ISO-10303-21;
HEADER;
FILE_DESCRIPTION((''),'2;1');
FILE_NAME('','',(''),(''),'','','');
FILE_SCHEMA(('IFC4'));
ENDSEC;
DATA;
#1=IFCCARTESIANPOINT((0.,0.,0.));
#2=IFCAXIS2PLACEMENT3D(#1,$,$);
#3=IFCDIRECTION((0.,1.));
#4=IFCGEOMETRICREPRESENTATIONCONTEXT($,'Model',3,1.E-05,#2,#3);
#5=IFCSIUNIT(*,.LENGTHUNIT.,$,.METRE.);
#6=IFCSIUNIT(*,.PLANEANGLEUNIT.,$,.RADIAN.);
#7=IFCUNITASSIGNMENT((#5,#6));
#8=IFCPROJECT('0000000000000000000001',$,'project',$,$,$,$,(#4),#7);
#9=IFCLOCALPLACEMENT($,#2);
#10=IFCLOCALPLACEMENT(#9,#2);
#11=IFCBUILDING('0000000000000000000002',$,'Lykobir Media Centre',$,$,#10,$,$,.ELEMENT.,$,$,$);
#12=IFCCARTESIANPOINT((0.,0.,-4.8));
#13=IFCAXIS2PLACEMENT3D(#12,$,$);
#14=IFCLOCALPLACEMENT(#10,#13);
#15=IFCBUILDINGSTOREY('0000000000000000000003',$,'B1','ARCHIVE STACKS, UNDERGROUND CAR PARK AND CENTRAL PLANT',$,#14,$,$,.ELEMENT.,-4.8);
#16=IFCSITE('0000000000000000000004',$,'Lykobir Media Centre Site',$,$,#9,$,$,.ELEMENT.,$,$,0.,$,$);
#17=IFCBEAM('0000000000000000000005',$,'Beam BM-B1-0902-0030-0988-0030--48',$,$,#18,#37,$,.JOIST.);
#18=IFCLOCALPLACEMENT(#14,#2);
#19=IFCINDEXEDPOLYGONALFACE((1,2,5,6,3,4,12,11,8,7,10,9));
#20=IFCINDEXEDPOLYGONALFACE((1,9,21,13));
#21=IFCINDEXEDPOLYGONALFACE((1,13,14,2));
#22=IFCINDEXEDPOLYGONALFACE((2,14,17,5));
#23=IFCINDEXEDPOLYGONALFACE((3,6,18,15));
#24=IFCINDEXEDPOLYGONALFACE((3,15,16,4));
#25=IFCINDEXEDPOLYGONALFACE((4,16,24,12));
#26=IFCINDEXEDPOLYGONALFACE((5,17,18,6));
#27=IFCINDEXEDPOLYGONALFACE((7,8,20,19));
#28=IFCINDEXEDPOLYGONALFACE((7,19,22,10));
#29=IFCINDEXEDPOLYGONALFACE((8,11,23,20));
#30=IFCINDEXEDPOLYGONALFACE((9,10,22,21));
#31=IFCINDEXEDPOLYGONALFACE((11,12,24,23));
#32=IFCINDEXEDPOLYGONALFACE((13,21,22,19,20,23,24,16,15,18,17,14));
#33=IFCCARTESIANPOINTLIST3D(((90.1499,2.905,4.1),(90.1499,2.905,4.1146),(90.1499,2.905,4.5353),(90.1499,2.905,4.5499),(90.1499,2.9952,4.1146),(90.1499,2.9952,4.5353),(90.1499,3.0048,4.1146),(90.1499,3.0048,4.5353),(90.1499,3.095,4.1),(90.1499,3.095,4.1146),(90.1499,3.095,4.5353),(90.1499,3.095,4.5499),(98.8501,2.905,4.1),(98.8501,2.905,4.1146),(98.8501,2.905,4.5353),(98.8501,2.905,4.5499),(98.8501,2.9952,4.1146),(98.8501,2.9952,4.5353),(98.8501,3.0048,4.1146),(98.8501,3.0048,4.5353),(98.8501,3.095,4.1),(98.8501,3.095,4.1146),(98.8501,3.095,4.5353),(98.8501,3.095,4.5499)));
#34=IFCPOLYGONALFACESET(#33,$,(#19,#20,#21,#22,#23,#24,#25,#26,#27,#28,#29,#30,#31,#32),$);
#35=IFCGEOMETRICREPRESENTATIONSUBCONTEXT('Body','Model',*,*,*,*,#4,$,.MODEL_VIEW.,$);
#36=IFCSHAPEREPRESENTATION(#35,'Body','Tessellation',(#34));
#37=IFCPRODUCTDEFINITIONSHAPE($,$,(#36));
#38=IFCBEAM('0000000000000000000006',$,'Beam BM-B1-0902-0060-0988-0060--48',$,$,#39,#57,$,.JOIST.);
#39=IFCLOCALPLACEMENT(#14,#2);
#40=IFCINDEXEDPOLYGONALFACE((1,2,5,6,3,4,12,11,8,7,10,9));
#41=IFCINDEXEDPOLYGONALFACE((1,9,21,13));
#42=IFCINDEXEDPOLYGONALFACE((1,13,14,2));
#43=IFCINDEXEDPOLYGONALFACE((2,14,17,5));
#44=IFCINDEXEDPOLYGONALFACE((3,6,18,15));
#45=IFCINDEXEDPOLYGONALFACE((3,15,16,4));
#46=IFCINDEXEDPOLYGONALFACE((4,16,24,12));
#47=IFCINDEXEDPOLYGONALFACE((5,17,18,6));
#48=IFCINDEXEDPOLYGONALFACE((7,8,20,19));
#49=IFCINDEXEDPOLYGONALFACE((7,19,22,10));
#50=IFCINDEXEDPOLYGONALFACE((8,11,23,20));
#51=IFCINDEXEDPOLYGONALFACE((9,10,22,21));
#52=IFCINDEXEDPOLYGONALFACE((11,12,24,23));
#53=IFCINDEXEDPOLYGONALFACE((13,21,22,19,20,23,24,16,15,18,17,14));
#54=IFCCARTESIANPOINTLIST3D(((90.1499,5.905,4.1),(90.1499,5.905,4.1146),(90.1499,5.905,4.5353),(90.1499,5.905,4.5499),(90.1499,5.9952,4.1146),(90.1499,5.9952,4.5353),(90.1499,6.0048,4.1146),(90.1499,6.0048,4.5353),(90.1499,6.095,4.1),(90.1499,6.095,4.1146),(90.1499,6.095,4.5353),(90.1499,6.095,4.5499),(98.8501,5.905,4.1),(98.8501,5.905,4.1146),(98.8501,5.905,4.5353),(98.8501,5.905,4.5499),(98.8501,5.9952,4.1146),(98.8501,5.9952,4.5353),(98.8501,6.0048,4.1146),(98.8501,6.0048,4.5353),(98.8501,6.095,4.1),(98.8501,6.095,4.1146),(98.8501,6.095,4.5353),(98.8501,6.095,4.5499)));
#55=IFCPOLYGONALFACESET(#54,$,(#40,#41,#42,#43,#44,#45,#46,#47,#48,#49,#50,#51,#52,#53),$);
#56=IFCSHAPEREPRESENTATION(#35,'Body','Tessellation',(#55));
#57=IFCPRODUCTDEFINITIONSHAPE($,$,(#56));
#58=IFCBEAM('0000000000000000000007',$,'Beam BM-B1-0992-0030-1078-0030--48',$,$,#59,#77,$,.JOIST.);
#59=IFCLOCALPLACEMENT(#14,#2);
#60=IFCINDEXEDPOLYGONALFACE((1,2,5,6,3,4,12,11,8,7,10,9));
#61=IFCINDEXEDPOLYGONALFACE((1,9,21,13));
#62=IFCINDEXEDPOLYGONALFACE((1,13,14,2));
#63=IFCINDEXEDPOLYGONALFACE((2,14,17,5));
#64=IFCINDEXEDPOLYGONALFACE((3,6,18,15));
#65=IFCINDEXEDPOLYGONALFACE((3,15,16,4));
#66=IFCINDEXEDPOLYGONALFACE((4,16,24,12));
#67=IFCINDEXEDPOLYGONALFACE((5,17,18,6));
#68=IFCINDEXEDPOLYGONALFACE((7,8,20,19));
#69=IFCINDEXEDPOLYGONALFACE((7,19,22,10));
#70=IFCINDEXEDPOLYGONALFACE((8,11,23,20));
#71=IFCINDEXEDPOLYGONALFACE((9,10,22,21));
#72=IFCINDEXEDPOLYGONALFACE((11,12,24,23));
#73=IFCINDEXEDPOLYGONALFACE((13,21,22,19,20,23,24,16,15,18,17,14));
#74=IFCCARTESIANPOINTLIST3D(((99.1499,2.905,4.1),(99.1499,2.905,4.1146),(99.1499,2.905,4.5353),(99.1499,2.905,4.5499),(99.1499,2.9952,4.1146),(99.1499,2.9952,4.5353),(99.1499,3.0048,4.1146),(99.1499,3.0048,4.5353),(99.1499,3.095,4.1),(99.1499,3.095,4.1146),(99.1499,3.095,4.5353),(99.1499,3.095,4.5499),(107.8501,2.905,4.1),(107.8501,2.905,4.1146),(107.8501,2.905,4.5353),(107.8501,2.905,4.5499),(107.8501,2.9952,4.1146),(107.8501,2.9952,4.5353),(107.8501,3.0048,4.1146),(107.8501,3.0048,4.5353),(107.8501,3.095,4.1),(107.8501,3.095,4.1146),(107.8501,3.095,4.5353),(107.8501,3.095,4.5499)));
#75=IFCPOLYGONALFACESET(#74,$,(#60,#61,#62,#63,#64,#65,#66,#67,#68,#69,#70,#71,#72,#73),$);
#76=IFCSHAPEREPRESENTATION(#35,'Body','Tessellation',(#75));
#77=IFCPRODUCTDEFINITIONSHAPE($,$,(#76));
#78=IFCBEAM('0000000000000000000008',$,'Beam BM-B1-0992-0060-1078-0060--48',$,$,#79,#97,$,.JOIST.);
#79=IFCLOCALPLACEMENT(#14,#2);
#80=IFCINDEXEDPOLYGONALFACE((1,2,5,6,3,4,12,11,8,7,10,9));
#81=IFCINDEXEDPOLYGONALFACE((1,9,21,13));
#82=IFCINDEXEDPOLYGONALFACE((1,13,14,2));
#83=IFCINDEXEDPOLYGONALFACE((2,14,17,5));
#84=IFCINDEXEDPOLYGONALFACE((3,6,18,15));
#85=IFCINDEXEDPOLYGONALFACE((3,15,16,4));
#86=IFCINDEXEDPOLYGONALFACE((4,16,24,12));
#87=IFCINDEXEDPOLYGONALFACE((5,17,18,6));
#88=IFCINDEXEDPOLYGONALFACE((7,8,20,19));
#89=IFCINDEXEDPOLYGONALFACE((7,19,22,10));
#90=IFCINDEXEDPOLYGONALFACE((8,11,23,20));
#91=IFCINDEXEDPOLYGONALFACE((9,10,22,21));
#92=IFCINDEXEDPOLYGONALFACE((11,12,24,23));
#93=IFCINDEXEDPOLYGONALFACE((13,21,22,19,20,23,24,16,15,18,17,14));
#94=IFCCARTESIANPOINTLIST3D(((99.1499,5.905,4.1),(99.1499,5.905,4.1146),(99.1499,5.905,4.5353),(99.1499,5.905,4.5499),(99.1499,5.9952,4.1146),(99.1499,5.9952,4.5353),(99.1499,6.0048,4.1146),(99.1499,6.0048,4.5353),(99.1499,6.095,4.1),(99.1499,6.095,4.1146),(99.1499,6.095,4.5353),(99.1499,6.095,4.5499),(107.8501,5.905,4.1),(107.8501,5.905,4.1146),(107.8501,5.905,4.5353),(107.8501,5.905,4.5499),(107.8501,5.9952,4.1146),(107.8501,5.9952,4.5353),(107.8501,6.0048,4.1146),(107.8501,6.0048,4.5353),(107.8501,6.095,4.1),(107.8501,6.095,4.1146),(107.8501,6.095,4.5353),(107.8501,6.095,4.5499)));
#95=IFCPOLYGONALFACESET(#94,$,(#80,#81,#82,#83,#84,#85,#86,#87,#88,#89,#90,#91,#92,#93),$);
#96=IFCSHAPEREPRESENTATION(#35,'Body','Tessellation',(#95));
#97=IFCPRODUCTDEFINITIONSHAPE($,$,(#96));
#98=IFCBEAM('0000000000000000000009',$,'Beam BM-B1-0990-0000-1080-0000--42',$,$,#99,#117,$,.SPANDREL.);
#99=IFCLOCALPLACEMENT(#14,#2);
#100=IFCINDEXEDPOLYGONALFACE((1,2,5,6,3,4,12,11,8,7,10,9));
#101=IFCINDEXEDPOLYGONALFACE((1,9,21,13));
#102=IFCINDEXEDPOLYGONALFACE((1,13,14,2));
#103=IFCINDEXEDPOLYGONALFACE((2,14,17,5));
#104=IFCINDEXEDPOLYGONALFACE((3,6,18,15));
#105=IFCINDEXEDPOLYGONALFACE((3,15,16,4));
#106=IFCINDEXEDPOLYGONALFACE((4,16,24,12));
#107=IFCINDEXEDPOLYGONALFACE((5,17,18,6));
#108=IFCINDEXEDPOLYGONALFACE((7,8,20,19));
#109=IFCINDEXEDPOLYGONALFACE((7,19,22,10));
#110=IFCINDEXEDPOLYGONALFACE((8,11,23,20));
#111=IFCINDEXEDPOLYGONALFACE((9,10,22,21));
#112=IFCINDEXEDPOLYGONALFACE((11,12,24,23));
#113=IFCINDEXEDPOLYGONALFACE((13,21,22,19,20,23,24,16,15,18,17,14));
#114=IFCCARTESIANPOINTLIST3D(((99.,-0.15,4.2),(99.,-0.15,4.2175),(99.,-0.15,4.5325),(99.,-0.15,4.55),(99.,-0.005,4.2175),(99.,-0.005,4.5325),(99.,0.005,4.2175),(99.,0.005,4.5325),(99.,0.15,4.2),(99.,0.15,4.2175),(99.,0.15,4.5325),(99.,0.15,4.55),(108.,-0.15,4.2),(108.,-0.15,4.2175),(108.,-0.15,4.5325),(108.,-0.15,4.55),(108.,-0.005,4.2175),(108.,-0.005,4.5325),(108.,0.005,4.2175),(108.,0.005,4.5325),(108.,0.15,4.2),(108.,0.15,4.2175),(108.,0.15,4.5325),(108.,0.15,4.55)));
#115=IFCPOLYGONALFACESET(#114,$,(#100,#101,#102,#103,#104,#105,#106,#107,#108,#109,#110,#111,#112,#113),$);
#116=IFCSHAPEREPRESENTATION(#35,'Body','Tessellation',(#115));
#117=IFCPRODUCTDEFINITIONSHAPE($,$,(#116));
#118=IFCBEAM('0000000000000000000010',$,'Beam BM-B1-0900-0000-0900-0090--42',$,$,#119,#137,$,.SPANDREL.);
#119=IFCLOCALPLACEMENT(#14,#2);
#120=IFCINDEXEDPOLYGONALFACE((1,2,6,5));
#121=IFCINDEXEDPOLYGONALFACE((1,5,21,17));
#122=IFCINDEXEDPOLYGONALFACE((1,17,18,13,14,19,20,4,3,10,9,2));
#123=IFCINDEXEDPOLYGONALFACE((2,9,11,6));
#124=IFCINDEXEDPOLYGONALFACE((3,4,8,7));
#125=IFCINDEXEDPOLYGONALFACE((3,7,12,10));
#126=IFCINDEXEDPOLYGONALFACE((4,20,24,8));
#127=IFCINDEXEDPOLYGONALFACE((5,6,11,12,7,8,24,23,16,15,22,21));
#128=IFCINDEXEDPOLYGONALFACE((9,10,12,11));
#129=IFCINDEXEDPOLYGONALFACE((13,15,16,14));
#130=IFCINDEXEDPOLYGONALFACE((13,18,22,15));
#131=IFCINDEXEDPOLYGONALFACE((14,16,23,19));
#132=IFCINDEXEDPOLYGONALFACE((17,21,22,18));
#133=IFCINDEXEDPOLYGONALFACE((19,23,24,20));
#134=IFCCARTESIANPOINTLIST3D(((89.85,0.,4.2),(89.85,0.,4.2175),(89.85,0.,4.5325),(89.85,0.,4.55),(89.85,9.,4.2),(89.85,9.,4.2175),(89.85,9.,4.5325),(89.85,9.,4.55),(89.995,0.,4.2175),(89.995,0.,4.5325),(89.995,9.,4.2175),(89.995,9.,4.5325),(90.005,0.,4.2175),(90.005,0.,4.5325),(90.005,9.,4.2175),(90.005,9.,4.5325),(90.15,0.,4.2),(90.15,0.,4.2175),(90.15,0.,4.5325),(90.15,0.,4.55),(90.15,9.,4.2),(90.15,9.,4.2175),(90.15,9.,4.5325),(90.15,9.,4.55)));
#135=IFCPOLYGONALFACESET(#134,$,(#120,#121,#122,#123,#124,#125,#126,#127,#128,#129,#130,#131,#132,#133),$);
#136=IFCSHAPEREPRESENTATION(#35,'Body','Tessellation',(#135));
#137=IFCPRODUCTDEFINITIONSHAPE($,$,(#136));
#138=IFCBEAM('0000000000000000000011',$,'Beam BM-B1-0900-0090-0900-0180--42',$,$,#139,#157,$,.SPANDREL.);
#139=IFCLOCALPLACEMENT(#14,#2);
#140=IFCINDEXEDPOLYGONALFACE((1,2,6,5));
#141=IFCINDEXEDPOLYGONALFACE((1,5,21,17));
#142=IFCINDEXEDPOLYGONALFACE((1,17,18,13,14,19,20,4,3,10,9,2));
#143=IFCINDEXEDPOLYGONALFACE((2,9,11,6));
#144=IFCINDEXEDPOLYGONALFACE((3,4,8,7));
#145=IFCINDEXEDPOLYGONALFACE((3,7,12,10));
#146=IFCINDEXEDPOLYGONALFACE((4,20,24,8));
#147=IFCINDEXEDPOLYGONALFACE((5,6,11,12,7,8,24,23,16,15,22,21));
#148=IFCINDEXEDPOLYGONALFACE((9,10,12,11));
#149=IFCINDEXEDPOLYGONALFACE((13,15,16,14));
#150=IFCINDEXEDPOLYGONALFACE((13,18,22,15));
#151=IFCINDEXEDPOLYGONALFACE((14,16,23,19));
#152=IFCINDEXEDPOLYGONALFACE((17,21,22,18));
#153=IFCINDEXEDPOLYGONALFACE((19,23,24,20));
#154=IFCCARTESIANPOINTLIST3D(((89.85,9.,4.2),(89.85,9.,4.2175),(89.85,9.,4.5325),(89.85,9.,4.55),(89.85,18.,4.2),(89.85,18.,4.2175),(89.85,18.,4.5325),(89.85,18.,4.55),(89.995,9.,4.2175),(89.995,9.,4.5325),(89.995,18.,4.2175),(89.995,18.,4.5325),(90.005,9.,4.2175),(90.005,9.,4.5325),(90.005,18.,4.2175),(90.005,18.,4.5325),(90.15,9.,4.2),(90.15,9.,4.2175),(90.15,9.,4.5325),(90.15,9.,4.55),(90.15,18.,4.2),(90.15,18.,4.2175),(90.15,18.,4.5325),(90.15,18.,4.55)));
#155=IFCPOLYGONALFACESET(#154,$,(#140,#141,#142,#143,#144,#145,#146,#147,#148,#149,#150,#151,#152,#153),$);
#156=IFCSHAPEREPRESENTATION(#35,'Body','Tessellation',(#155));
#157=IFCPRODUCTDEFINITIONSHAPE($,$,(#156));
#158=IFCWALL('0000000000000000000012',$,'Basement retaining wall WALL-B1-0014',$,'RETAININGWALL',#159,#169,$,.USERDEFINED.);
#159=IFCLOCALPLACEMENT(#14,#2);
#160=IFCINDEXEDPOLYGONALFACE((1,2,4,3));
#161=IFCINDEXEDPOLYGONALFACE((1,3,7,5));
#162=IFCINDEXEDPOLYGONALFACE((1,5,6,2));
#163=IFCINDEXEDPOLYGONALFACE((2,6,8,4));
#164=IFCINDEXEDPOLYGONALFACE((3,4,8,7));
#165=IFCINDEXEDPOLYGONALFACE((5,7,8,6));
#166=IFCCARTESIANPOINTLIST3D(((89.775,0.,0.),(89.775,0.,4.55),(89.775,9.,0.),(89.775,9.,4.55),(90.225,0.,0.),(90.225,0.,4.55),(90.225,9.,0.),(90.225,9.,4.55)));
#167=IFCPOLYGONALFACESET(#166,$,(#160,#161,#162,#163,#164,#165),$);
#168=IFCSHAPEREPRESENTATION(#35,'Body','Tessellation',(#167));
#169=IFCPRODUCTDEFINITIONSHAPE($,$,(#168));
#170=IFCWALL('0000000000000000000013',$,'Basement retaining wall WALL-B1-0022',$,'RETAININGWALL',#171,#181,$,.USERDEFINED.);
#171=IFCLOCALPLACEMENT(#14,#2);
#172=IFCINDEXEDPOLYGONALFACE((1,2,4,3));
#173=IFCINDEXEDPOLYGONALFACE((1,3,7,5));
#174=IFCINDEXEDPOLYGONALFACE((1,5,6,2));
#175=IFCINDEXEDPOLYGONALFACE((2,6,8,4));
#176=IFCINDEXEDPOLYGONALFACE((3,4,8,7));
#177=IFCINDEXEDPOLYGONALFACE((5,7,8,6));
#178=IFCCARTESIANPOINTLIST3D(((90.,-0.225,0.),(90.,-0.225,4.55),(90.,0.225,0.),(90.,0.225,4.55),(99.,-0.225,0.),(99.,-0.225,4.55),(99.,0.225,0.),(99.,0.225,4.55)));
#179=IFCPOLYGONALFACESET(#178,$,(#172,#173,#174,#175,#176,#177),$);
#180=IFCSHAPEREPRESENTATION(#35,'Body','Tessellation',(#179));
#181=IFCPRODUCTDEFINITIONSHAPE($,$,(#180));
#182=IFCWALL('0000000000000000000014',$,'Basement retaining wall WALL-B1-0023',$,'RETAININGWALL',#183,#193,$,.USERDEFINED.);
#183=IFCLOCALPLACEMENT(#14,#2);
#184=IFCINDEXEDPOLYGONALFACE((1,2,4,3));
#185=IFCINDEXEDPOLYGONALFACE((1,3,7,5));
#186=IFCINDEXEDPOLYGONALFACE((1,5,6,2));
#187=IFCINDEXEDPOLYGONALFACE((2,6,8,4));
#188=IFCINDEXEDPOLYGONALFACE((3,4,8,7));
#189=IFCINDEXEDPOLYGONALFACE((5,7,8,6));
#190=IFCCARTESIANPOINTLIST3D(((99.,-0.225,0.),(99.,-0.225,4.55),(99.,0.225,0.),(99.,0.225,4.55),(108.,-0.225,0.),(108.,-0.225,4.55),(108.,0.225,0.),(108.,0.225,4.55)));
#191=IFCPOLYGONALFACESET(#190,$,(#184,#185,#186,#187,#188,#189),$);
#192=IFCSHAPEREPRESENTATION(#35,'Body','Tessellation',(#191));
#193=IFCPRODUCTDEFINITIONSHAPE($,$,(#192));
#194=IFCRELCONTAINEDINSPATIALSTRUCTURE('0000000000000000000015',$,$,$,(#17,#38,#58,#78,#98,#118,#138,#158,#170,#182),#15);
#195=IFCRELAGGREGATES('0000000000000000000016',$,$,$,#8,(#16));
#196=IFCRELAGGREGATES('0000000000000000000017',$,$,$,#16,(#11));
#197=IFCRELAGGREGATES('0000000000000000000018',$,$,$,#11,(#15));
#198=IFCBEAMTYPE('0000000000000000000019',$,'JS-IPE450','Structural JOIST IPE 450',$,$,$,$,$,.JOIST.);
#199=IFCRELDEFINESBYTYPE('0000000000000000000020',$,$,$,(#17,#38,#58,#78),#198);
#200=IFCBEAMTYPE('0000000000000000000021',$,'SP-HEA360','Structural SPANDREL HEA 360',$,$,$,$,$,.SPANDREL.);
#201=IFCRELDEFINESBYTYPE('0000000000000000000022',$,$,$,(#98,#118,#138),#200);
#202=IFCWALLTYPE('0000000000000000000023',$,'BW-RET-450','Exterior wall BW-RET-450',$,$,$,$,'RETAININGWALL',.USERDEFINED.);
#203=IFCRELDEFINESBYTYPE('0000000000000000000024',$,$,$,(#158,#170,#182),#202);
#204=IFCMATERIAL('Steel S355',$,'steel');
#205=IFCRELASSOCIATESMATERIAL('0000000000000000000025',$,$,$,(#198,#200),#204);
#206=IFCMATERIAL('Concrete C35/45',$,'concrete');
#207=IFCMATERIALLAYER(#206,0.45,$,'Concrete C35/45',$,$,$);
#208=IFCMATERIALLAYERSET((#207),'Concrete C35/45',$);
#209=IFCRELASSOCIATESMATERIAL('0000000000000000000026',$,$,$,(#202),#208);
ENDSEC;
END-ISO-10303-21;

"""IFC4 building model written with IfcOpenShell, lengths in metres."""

from ifc_helpers import new_model, si_unit, direction, frame, frame_2d, origin, origin_2d, place, context, subcontext, project, spatial, rectangle, i_section, extrude, material, layer, layer_set, material_profile, profile_set, type_object, element, save


model = new_model("IFC4")

# Units and contexts
model_context = context("Model", 3, precision=1e-05, world=origin(), true_north=direction((0.0, 1.0)))
body_context = subcontext(model_context, "Body", "Model", "MODEL_VIEW")
ifc_project = project(units=[si_unit("LENGTHUNIT", "METRE"), si_unit("PLANEANGLEUNIT", "RADIAN")], contexts=[model_context])

# Site, building, storey
site_placement = place(None, origin())
site = spatial("IfcSite", under=ifc_project, at=site_placement, Name="Lykobir Media Centre Site", CompositionType="ELEMENT", RefElevation=0.0)
building_placement = place(site_placement, origin())
building = spatial("IfcBuilding", under=site, at=building_placement, Name="Lykobir Media Centre", CompositionType="ELEMENT")
storey_placement = place(building_placement, frame((0.0, 0.0, -4.8)))
storey = spatial("IfcBuildingStorey", under=building, at=storey_placement, Name="B1", Description="ARCHIVE STACKS, UNDERGROUND CAR PARK AND CENTRAL PLANT", CompositionType="ELEMENT", Elevation=-4.8)

# Shared definitions
ifc_material_1 = material(Name="Concrete C35/45", Category="concrete")

# Beams
ifc_material_2 = material(Name="Steel S355", Category="steel")
ifc_material_profile_1 = material_profile(ifc_material_2, i_section(OverallWidth=0.1899, OverallDepth=0.45, WebThickness=0.0095, FlangeThickness=0.0146, at=origin_2d()), Name="IPE 450")
ifc_profile_set_1 = profile_set([ifc_material_profile_1], Name="Steel S355")
beam_type_1 = type_object("IfcBeamType", Name="JS-IPE450", Description="Structural JOIST IPE 450", PredefinedType="JOIST", material=ifc_profile_set_1)
for number, where, z_axis, x_axis, name in (
    (1, (90.1499, 3.0, 4.325), (1.0, 0.0, 0.0), (0.0, 1.0, 0.0), "Beam BM-B1-0902-0030-0988-0030--48"),
    (2, (90.1499, 6.0, 4.325), (1.0, 0.0, 0.0), (0.0, 1.0, 0.0), "Beam BM-B1-0902-0060-0988-0060--48"),
    (3, (99.1499, 3.0, 4.325), (1.0, 0.0, 0.0), (0.0, 1.0, 0.0), "Beam BM-B1-0992-0030-1078-0030--48"),
    (4, (99.1499, 6.0, 4.325), (1.0, 0.0, 0.0), (0.0, 1.0, 0.0), "Beam BM-B1-0992-0060-1078-0060--48"),
):
    element("IfcBeam", number, at=place(storey_placement, frame(where, z_axis=z_axis, x_axis=x_axis)), inside=storey, type_object=beam_type_1, Name=name, PredefinedType="JOIST", context=body_context, shape_type="SweptSolid", body=[
        extrude(i_section(OverallWidth=0.1899, OverallDepth=0.45, WebThickness=0.0095, FlangeThickness=0.0146, at=origin_2d()), origin(), (0.0, 0.0, 1.0), 8.7002),
    ])
ifc_material_profile_2 = material_profile(ifc_material_2, i_section(OverallWidth=0.3, OverallDepth=0.3501, WebThickness=0.01, FlangeThickness=0.0176, at=origin_2d()), Name="HEA 360")
ifc_profile_set_2 = profile_set([ifc_material_profile_2], Name="Steel S355")
beam_type_2 = type_object("IfcBeamType", Name="SP-HEA360", Description="Structural SPANDREL HEA 360", PredefinedType="SPANDREL", material=ifc_profile_set_2)
for number, where, z_axis, x_axis, name in (
    (5, (99.0, 0.0, 4.375), (1.0, 0.0, 0.0), (0.0, 1.0, 0.0), "Beam BM-B1-0990-0000-1080-0000--42"),
    (6, (90.0, 0.0, 4.375), (0.0, 1.0, 0.0), (-1.0, 0.0, 0.0), "Beam BM-B1-0900-0000-0900-0090--42"),
    (7, (90.0, 9.0, 4.375), (0.0, 1.0, 0.0), (-1.0, 0.0, 0.0), "Beam BM-B1-0900-0090-0900-0180--42"),
):
    element("IfcBeam", number, at=place(storey_placement, frame(where, z_axis=z_axis, x_axis=x_axis)), inside=storey, type_object=beam_type_2, Name=name, PredefinedType="SPANDREL", context=body_context, shape_type="SweptSolid", body=[
        extrude(i_section(OverallWidth=0.3, OverallDepth=0.3501, WebThickness=0.01, FlangeThickness=0.0176, at=origin_2d()), origin(), (0.0, 0.0, 1.0), 9.0),
    ])

# Walls
ifc_layer = layer(ifc_material_1, 0.45, Name="Concrete C35/45")
ifc_layer_set = layer_set([ifc_layer], Name="Concrete C35/45")
wall_type = type_object("IfcWallType", Name="BW-RET-450", Description="Exterior wall BW-RET-450", ElementType="RETAININGWALL", PredefinedType="USERDEFINED", material=ifc_layer_set)
for number, where, z_axis, x_axis, name in (
    (8, (90.0, 9.0, 0.0), (0.0, 0.0, 1.0), (0.0, -1.0, 0.0), "Basement retaining wall WALL-B1-0014"),
    (9, (90.0, 0.0, 0.0), (0.0, 0.0, 1.0), (1.0, 0.0, 0.0), "Basement retaining wall WALL-B1-0022"),
    (10, (99.0, 0.0, 0.0), (0.0, 0.0, 1.0), (1.0, 0.0, 0.0), "Basement retaining wall WALL-B1-0023"),
):
    element("IfcWall", number, at=place(storey_placement, frame(where, z_axis=z_axis, x_axis=x_axis)), inside=storey, type_object=wall_type, Name=name, ObjectType="RETAININGWALL", PredefinedType="USERDEFINED", context=body_context, shape_type="SweptSolid", body=[
        extrude(rectangle(XDim=9.0, YDim=0.45, at=frame_2d((4.5, 0.0))), origin(), (0.0, 0.0, 1.0), 4.55),
    ])

save(model, "model.ifc")
